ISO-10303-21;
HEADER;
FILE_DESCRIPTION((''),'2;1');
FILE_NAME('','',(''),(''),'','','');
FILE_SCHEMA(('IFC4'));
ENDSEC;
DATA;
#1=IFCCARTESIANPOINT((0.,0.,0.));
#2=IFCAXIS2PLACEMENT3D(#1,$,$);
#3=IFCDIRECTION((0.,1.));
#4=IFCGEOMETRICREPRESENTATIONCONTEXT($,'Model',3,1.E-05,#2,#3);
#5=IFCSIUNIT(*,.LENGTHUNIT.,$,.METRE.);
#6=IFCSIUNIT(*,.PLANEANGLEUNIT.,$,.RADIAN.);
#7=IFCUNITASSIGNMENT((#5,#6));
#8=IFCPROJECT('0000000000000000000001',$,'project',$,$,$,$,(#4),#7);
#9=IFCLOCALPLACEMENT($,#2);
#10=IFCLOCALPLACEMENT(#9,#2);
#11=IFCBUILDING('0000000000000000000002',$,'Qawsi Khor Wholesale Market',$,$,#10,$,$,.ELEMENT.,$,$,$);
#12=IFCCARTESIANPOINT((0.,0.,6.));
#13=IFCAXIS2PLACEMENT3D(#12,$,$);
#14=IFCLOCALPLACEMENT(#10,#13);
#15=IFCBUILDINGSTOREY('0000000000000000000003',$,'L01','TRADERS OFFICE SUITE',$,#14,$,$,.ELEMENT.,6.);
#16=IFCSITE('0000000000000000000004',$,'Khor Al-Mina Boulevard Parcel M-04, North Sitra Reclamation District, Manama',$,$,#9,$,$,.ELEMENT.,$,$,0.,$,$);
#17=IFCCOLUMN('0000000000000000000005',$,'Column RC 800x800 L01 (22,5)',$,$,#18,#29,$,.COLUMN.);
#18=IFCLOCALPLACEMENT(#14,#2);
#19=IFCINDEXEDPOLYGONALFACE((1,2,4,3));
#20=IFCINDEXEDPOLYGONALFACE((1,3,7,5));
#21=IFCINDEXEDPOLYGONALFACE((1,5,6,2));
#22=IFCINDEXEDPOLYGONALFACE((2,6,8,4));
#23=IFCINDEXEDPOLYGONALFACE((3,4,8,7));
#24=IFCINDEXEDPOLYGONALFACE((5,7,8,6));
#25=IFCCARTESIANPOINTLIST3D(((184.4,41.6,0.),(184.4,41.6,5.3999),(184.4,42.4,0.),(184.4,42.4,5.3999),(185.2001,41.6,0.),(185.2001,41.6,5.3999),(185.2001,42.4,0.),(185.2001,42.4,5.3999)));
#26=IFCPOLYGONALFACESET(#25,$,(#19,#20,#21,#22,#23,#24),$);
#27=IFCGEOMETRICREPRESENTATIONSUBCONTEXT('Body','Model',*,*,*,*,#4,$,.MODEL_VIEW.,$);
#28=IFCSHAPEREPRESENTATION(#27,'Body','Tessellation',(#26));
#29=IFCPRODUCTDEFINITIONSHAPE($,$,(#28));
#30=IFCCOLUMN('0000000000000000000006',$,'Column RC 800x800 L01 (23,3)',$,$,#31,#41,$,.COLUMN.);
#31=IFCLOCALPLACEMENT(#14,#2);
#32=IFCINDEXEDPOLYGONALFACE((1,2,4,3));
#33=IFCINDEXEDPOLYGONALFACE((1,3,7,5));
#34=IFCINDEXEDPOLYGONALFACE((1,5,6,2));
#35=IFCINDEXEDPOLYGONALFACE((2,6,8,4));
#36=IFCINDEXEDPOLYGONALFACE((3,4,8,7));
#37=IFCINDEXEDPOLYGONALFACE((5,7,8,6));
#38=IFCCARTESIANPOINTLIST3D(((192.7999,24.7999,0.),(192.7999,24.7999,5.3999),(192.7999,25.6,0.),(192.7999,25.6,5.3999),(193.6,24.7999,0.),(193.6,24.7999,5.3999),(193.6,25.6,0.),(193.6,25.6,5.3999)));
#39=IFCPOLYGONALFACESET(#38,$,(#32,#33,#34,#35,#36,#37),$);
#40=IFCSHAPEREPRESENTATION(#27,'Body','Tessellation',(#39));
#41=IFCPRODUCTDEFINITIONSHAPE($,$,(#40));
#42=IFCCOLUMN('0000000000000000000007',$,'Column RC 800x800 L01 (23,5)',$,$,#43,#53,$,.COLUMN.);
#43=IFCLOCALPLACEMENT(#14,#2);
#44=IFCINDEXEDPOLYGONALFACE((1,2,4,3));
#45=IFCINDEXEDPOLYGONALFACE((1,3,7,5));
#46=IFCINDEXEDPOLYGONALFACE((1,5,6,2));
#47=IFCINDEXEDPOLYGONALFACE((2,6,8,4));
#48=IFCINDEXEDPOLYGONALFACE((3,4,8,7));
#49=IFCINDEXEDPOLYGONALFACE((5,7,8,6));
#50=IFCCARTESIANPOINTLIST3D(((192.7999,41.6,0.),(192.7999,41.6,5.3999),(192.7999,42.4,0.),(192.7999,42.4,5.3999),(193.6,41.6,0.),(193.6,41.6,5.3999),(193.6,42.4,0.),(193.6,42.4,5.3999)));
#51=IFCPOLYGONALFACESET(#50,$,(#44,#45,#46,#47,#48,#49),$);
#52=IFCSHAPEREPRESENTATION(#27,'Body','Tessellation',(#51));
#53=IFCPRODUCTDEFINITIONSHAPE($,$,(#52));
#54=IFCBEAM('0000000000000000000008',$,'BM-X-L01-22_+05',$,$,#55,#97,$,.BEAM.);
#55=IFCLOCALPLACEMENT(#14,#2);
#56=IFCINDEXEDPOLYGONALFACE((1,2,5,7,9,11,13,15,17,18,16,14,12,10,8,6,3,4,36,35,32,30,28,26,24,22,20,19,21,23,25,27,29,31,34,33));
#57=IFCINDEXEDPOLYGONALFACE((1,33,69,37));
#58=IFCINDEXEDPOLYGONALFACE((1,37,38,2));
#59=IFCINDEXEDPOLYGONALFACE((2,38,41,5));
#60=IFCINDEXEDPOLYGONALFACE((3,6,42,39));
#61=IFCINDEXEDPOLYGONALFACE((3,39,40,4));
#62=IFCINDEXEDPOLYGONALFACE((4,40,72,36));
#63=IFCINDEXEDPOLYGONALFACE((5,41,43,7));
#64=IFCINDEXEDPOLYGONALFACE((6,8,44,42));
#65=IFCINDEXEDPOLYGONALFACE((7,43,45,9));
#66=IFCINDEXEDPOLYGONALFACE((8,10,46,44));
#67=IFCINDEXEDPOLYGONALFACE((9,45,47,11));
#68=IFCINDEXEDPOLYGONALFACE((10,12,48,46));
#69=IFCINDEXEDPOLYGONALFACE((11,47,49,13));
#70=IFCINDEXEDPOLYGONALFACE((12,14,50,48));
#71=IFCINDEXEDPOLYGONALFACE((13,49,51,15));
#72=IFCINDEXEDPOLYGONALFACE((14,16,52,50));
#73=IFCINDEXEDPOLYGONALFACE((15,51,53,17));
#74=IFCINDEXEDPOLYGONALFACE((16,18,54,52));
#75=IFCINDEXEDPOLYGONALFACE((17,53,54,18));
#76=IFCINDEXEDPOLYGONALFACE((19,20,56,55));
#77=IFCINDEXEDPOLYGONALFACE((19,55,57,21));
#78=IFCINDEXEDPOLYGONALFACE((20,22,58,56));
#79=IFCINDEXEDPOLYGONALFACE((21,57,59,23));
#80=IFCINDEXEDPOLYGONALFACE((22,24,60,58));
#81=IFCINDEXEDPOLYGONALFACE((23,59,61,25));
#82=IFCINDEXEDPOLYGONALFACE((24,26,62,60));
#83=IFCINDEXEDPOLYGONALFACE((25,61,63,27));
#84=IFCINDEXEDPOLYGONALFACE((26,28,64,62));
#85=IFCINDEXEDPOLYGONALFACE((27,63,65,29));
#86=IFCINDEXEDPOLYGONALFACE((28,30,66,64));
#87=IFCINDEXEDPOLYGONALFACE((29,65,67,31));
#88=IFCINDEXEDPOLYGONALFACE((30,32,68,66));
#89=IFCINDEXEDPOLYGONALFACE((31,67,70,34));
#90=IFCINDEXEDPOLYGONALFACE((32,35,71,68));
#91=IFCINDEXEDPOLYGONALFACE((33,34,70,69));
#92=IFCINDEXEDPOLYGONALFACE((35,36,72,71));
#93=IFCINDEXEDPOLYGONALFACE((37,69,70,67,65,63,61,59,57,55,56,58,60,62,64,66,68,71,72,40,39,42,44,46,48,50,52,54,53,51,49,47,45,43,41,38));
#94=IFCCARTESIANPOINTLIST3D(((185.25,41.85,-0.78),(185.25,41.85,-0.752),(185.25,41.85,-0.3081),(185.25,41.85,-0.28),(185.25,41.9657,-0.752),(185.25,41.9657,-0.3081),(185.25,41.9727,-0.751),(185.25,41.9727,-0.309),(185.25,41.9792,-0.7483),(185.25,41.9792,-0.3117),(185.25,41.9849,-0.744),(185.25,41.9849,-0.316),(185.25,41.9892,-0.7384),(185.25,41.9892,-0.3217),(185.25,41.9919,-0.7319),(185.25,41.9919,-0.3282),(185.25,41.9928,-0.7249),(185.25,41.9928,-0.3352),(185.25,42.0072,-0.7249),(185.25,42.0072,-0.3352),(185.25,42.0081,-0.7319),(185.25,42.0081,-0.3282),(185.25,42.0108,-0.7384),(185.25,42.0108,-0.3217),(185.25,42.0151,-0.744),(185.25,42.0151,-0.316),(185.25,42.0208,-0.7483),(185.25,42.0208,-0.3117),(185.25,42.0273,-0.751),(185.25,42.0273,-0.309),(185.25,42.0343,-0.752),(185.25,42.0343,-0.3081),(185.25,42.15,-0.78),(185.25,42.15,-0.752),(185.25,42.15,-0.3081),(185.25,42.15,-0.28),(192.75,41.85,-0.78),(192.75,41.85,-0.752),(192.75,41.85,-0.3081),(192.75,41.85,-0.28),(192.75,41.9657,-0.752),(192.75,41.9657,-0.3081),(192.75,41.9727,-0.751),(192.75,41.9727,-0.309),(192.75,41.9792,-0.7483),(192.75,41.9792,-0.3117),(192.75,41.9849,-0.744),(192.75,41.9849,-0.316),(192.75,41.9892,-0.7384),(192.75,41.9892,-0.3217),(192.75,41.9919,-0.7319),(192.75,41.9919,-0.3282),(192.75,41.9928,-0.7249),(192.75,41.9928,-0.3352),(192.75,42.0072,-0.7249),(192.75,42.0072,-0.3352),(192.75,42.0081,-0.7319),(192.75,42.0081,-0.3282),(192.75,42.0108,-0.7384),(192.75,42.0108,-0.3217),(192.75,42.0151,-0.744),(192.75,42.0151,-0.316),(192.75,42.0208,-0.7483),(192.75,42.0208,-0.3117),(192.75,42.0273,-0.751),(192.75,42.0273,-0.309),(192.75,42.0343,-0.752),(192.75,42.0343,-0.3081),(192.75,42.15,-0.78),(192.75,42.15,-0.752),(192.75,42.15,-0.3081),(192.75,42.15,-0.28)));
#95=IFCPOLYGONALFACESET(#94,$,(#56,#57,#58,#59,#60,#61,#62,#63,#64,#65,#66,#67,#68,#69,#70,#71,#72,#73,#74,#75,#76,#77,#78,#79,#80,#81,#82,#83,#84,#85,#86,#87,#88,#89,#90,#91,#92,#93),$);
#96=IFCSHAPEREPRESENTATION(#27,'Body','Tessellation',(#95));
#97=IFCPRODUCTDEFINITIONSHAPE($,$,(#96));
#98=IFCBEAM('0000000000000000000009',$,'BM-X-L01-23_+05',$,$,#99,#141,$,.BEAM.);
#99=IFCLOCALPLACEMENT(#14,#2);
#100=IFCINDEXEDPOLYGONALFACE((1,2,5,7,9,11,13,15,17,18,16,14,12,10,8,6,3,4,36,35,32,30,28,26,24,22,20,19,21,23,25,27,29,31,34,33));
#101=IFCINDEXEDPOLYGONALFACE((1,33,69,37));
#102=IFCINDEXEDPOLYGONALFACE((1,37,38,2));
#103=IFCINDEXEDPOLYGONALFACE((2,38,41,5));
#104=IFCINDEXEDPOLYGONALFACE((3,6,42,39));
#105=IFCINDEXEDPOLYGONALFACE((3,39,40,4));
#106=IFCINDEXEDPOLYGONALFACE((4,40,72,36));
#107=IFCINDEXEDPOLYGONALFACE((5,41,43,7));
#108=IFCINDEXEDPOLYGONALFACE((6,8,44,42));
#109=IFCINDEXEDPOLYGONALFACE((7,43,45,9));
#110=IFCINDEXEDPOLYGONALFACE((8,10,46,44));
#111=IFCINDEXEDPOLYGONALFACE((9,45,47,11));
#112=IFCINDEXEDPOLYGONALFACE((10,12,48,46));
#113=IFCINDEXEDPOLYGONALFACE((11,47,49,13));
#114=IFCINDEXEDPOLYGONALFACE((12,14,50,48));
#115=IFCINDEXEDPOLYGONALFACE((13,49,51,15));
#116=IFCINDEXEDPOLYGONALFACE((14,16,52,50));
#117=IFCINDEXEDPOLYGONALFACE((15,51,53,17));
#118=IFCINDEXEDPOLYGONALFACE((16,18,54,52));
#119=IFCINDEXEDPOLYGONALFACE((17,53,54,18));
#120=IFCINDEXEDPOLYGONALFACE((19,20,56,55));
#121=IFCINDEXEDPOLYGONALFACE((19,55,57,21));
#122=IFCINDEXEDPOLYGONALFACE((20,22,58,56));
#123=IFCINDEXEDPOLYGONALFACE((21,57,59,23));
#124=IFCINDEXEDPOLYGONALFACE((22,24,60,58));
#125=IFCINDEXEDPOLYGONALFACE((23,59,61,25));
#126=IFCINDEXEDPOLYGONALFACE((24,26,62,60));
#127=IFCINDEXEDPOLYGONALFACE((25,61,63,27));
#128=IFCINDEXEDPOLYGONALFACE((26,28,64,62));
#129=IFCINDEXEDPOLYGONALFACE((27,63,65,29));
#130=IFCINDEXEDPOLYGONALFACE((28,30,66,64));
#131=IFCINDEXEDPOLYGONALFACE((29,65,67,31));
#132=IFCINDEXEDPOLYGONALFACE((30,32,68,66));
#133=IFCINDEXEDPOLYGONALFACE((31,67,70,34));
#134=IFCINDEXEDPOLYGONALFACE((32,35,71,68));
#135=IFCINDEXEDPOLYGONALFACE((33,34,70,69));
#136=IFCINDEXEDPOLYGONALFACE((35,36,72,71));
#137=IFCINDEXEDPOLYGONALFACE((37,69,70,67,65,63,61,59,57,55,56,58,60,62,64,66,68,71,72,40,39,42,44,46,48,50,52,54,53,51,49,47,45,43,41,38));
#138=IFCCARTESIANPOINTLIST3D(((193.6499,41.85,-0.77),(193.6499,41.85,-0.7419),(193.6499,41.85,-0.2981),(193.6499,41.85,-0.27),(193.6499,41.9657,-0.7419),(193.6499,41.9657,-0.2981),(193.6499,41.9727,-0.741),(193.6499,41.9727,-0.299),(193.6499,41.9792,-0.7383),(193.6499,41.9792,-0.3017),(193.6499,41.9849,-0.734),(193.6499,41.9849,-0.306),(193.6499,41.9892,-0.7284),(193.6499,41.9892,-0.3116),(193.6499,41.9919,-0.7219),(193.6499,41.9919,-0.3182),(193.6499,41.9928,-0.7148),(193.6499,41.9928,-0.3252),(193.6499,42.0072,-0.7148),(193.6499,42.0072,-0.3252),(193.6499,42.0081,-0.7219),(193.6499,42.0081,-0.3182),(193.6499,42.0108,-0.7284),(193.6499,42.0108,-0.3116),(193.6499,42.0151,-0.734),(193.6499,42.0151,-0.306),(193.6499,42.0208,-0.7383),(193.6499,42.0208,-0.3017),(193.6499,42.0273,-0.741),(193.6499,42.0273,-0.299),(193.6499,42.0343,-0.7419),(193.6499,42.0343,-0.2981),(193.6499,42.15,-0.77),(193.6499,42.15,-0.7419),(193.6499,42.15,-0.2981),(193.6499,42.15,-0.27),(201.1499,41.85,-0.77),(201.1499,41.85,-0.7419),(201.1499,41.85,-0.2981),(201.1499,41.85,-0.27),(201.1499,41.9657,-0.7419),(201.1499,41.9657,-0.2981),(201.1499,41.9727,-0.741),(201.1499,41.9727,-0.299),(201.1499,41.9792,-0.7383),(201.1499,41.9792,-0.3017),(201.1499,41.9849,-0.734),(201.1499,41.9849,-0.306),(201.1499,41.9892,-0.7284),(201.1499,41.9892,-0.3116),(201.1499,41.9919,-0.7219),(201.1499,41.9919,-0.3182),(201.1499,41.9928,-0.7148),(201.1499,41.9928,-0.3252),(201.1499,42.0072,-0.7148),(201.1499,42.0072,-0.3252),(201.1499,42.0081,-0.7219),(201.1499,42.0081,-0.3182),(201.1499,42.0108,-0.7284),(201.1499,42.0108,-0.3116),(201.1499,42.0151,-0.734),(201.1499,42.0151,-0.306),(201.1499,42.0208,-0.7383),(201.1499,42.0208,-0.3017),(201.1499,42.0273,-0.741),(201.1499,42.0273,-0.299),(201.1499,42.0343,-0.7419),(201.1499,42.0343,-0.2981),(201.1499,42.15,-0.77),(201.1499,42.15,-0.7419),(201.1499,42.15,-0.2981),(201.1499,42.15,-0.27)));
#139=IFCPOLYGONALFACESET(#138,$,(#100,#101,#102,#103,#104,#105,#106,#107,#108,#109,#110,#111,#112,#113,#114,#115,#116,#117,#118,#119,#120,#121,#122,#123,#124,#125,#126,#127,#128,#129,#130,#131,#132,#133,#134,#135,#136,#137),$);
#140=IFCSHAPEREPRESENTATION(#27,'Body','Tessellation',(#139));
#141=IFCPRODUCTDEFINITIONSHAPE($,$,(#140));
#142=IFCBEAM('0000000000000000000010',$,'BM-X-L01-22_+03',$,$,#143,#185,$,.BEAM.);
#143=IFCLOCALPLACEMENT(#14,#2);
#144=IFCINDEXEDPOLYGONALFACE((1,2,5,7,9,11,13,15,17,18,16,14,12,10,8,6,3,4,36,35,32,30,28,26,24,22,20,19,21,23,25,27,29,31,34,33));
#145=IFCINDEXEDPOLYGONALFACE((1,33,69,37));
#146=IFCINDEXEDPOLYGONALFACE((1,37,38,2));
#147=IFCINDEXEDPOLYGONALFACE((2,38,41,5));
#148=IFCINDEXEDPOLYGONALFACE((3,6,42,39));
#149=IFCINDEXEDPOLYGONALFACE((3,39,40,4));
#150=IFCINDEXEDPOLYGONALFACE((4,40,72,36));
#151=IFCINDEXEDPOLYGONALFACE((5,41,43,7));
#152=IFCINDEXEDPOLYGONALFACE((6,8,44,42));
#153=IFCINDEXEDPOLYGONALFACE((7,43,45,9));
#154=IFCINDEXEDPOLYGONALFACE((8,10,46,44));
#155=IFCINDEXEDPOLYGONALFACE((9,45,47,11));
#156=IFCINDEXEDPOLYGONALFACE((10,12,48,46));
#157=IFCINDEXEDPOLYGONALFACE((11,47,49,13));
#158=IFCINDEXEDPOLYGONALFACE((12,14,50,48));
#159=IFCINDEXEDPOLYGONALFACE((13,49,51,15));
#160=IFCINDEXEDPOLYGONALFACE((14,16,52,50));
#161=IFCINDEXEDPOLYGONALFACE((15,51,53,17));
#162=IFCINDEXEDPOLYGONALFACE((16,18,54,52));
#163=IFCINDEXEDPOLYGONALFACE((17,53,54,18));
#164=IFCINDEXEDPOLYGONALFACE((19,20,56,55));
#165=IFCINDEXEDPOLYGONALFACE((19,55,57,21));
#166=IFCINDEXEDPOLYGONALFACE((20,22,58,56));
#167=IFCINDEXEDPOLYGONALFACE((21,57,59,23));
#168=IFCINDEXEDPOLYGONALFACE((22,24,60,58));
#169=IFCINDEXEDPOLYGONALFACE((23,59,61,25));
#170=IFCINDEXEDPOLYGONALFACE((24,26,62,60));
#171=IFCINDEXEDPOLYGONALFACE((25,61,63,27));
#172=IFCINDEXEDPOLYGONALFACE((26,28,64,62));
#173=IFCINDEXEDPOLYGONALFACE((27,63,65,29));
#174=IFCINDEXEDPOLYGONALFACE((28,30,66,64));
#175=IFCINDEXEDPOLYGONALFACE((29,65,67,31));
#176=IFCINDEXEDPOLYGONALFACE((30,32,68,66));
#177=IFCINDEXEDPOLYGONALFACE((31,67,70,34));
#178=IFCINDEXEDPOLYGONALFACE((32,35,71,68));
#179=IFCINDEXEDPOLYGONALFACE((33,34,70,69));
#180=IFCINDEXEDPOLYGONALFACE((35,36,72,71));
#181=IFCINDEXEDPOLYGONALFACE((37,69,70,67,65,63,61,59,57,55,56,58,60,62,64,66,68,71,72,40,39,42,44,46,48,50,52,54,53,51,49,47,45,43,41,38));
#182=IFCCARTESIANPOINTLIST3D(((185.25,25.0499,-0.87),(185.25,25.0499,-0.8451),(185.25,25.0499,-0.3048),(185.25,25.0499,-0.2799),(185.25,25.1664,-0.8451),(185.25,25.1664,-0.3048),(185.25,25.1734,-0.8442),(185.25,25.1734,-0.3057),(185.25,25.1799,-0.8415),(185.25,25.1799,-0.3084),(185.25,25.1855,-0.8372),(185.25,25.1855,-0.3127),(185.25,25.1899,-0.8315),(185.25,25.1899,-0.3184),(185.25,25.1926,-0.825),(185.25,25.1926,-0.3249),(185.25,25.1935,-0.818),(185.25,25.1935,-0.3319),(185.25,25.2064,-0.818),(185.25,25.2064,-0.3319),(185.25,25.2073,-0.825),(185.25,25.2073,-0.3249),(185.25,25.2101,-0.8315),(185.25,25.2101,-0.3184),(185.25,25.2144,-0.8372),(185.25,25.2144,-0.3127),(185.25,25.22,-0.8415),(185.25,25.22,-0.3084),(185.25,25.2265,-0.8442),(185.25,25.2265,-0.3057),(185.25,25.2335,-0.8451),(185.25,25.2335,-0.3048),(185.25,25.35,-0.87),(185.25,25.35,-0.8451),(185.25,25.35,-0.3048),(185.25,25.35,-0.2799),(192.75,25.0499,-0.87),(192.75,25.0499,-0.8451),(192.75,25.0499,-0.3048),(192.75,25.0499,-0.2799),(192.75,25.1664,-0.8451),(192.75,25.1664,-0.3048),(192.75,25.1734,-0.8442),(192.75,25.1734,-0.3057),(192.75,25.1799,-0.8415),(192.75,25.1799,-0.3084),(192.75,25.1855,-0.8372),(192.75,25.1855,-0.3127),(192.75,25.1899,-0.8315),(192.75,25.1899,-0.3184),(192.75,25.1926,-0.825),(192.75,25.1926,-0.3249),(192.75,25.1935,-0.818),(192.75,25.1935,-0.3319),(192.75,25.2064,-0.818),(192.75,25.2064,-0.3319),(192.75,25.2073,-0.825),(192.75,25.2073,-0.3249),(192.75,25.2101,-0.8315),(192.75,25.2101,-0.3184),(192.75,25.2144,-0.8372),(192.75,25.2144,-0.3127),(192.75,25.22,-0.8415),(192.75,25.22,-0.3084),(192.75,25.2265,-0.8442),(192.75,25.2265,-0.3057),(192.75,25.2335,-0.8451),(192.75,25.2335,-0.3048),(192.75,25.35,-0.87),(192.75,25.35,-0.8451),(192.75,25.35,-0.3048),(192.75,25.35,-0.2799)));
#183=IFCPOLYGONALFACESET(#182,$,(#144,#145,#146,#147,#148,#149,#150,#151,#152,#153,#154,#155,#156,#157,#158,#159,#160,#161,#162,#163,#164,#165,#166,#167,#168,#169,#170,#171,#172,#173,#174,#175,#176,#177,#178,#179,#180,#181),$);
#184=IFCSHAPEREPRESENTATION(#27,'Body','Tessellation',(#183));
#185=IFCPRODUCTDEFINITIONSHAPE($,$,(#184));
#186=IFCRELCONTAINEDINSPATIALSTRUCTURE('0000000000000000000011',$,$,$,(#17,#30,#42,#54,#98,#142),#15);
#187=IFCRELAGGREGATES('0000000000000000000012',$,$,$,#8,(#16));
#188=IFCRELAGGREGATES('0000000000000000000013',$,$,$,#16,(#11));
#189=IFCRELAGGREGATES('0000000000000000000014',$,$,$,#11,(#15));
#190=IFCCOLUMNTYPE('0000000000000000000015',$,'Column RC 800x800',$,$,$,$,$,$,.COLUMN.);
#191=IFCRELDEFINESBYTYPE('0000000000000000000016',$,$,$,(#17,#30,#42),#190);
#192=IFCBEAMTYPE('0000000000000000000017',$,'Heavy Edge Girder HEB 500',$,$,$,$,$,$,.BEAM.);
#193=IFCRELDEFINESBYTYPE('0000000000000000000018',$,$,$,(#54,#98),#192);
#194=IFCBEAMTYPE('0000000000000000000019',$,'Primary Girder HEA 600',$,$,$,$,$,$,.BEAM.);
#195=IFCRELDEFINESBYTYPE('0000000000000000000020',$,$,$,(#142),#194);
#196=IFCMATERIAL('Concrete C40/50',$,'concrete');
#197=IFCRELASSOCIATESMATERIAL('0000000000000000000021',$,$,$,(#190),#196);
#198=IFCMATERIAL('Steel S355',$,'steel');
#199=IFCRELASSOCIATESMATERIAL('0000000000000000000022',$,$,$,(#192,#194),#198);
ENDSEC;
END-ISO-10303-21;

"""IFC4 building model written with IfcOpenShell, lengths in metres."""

from ifc_helpers import new_model, si_unit, direction, frame, origin, origin_2d, place, context, subcontext, project, spatial, rectangle, i_section, extrude, material, material_profile, profile_set, type_object, element, save


model = new_model("IFC4")

# Units and contexts
model_context = context("Model", 3, precision=1e-05, world=origin(), true_north=direction((0.0, 1.0)))
body_context = subcontext(model_context, "Body", "Model", "MODEL_VIEW")
ifc_project = project(units=[si_unit("LENGTHUNIT", "METRE"), si_unit("PLANEANGLEUNIT", "RADIAN")], contexts=[model_context])

# Site, building, storey
site_placement = place(None, origin())
site = spatial("IfcSite", under=ifc_project, at=site_placement, Name="Khor Al-Mina Boulevard Parcel M-04, North Sitra Reclamation District, Manama", CompositionType="ELEMENT", RefElevation=0.0)
building_placement = place(site_placement, origin())
building = spatial("IfcBuilding", under=site, at=building_placement, Name="Qawsi Khor Wholesale Market", CompositionType="ELEMENT")
storey_placement = place(building_placement, frame((0.0, 0.0, 6.0)))
storey = spatial("IfcBuildingStorey", under=building, at=storey_placement, Name="L01", Description="TRADERS OFFICE SUITE", CompositionType="ELEMENT", Elevation=6.0)

# Columns
ifc_material_1 = material(Name="Concrete C40/50", Category="concrete")
ifc_material_profile_1 = material_profile(ifc_material_1, rectangle(XDim=0.8, YDim=0.8, at=origin_2d()), Name="RC 800x800")
ifc_profile_set_1 = profile_set([ifc_material_profile_1], Name="Concrete C40/50")
column_type = type_object("IfcColumnType", Name="Column RC 800x800", PredefinedType="COLUMN", material=ifc_profile_set_1)
for number, where, z_axis, x_axis, name in (
    (1, (184.8, 42.0, 0.0), (0.0, 0.0, 1.0), (1.0, 0.0, 0.0), "Column RC 800x800 L01 (22,5)"),
    (2, (193.2, 25.2, 0.0), (0.0, 0.0, 1.0), (1.0, 0.0, 0.0), "Column RC 800x800 L01 (23,3)"),
    (3, (193.2, 42.0, 0.0), (0.0, 0.0, 1.0), (1.0, 0.0, 0.0), "Column RC 800x800 L01 (23,5)"),
):
    element("IfcColumn", number, at=place(storey_placement, frame(where, z_axis=z_axis, x_axis=x_axis)), inside=storey, type_object=column_type, Name=name, PredefinedType="COLUMN", context=body_context, shape_type="SweptSolid", body=[
        extrude(rectangle(XDim=0.8, YDim=0.8, at=origin_2d()), origin(), (0.0, 0.0, 1.0), 5.3999),
    ])

# Beams
ifc_material_2 = material(Name="Steel S355", Category="steel")
ifc_material_profile_2 = material_profile(ifc_material_2, i_section(OverallWidth=0.3, OverallDepth=0.5, WebThickness=0.0144, FlangeThickness=0.0281, FilletRadius=0.0271, at=origin_2d()), Name="HEB 500")
ifc_profile_set_2 = profile_set([ifc_material_profile_2], Name="Steel S355")
beam_type_1 = type_object("IfcBeamType", Name="Heavy Edge Girder HEB 500", PredefinedType="BEAM", material=ifc_profile_set_2)
for number, where, z_axis, x_axis, name in (
    (4, (185.25, 42.0, -0.53), (1.0, 0.0, 0.0), (0.0, 1.0, 0.0), "BM-X-L01-22_+05"),
    (5, (193.6499, 42.0, -0.52), (1.0, 0.0, 0.0), (0.0, 1.0, 0.0), "BM-X-L01-23_+05"),
):
    element("IfcBeam", number, at=place(storey_placement, frame(where, z_axis=z_axis, x_axis=x_axis)), inside=storey, type_object=beam_type_1, Name=name, PredefinedType="BEAM", context=body_context, shape_type="SweptSolid", body=[
        extrude(i_section(OverallWidth=0.3, OverallDepth=0.5, WebThickness=0.0144, FlangeThickness=0.0281, FilletRadius=0.0271, at=origin_2d()), origin(), (0.0, 0.0, 1.0), 7.5),
    ])
ifc_material_profile_3 = material_profile(ifc_material_2, i_section(OverallWidth=0.3, OverallDepth=0.5901, WebThickness=0.0129, FlangeThickness=0.0249, FilletRadius=0.0271, at=origin_2d()), Name="HEA 600")
ifc_profile_set_3 = profile_set([ifc_material_profile_3], Name="Steel S355")
beam_type_2 = type_object("IfcBeamType", Name="Primary Girder HEA 600", PredefinedType="BEAM", material=ifc_profile_set_3)
beam_1_placement = place(storey_placement, frame((185.25, 25.2, -0.575), z_axis=(1.0, 0.0, 0.0), x_axis=(0.0, 1.0, 0.0)))
element("IfcBeam", 6, at=beam_1_placement, inside=storey, type_object=beam_type_2, Name="BM-X-L01-22_+03", PredefinedType="BEAM", context=body_context, shape_type="SweptSolid", body=[
    extrude(i_section(OverallWidth=0.3, OverallDepth=0.5901, WebThickness=0.0129, FlangeThickness=0.0249, FilletRadius=0.0271, at=origin_2d()), origin(), (0.0, 0.0, 1.0), 7.5),
])

save(model, "model.ifc")
